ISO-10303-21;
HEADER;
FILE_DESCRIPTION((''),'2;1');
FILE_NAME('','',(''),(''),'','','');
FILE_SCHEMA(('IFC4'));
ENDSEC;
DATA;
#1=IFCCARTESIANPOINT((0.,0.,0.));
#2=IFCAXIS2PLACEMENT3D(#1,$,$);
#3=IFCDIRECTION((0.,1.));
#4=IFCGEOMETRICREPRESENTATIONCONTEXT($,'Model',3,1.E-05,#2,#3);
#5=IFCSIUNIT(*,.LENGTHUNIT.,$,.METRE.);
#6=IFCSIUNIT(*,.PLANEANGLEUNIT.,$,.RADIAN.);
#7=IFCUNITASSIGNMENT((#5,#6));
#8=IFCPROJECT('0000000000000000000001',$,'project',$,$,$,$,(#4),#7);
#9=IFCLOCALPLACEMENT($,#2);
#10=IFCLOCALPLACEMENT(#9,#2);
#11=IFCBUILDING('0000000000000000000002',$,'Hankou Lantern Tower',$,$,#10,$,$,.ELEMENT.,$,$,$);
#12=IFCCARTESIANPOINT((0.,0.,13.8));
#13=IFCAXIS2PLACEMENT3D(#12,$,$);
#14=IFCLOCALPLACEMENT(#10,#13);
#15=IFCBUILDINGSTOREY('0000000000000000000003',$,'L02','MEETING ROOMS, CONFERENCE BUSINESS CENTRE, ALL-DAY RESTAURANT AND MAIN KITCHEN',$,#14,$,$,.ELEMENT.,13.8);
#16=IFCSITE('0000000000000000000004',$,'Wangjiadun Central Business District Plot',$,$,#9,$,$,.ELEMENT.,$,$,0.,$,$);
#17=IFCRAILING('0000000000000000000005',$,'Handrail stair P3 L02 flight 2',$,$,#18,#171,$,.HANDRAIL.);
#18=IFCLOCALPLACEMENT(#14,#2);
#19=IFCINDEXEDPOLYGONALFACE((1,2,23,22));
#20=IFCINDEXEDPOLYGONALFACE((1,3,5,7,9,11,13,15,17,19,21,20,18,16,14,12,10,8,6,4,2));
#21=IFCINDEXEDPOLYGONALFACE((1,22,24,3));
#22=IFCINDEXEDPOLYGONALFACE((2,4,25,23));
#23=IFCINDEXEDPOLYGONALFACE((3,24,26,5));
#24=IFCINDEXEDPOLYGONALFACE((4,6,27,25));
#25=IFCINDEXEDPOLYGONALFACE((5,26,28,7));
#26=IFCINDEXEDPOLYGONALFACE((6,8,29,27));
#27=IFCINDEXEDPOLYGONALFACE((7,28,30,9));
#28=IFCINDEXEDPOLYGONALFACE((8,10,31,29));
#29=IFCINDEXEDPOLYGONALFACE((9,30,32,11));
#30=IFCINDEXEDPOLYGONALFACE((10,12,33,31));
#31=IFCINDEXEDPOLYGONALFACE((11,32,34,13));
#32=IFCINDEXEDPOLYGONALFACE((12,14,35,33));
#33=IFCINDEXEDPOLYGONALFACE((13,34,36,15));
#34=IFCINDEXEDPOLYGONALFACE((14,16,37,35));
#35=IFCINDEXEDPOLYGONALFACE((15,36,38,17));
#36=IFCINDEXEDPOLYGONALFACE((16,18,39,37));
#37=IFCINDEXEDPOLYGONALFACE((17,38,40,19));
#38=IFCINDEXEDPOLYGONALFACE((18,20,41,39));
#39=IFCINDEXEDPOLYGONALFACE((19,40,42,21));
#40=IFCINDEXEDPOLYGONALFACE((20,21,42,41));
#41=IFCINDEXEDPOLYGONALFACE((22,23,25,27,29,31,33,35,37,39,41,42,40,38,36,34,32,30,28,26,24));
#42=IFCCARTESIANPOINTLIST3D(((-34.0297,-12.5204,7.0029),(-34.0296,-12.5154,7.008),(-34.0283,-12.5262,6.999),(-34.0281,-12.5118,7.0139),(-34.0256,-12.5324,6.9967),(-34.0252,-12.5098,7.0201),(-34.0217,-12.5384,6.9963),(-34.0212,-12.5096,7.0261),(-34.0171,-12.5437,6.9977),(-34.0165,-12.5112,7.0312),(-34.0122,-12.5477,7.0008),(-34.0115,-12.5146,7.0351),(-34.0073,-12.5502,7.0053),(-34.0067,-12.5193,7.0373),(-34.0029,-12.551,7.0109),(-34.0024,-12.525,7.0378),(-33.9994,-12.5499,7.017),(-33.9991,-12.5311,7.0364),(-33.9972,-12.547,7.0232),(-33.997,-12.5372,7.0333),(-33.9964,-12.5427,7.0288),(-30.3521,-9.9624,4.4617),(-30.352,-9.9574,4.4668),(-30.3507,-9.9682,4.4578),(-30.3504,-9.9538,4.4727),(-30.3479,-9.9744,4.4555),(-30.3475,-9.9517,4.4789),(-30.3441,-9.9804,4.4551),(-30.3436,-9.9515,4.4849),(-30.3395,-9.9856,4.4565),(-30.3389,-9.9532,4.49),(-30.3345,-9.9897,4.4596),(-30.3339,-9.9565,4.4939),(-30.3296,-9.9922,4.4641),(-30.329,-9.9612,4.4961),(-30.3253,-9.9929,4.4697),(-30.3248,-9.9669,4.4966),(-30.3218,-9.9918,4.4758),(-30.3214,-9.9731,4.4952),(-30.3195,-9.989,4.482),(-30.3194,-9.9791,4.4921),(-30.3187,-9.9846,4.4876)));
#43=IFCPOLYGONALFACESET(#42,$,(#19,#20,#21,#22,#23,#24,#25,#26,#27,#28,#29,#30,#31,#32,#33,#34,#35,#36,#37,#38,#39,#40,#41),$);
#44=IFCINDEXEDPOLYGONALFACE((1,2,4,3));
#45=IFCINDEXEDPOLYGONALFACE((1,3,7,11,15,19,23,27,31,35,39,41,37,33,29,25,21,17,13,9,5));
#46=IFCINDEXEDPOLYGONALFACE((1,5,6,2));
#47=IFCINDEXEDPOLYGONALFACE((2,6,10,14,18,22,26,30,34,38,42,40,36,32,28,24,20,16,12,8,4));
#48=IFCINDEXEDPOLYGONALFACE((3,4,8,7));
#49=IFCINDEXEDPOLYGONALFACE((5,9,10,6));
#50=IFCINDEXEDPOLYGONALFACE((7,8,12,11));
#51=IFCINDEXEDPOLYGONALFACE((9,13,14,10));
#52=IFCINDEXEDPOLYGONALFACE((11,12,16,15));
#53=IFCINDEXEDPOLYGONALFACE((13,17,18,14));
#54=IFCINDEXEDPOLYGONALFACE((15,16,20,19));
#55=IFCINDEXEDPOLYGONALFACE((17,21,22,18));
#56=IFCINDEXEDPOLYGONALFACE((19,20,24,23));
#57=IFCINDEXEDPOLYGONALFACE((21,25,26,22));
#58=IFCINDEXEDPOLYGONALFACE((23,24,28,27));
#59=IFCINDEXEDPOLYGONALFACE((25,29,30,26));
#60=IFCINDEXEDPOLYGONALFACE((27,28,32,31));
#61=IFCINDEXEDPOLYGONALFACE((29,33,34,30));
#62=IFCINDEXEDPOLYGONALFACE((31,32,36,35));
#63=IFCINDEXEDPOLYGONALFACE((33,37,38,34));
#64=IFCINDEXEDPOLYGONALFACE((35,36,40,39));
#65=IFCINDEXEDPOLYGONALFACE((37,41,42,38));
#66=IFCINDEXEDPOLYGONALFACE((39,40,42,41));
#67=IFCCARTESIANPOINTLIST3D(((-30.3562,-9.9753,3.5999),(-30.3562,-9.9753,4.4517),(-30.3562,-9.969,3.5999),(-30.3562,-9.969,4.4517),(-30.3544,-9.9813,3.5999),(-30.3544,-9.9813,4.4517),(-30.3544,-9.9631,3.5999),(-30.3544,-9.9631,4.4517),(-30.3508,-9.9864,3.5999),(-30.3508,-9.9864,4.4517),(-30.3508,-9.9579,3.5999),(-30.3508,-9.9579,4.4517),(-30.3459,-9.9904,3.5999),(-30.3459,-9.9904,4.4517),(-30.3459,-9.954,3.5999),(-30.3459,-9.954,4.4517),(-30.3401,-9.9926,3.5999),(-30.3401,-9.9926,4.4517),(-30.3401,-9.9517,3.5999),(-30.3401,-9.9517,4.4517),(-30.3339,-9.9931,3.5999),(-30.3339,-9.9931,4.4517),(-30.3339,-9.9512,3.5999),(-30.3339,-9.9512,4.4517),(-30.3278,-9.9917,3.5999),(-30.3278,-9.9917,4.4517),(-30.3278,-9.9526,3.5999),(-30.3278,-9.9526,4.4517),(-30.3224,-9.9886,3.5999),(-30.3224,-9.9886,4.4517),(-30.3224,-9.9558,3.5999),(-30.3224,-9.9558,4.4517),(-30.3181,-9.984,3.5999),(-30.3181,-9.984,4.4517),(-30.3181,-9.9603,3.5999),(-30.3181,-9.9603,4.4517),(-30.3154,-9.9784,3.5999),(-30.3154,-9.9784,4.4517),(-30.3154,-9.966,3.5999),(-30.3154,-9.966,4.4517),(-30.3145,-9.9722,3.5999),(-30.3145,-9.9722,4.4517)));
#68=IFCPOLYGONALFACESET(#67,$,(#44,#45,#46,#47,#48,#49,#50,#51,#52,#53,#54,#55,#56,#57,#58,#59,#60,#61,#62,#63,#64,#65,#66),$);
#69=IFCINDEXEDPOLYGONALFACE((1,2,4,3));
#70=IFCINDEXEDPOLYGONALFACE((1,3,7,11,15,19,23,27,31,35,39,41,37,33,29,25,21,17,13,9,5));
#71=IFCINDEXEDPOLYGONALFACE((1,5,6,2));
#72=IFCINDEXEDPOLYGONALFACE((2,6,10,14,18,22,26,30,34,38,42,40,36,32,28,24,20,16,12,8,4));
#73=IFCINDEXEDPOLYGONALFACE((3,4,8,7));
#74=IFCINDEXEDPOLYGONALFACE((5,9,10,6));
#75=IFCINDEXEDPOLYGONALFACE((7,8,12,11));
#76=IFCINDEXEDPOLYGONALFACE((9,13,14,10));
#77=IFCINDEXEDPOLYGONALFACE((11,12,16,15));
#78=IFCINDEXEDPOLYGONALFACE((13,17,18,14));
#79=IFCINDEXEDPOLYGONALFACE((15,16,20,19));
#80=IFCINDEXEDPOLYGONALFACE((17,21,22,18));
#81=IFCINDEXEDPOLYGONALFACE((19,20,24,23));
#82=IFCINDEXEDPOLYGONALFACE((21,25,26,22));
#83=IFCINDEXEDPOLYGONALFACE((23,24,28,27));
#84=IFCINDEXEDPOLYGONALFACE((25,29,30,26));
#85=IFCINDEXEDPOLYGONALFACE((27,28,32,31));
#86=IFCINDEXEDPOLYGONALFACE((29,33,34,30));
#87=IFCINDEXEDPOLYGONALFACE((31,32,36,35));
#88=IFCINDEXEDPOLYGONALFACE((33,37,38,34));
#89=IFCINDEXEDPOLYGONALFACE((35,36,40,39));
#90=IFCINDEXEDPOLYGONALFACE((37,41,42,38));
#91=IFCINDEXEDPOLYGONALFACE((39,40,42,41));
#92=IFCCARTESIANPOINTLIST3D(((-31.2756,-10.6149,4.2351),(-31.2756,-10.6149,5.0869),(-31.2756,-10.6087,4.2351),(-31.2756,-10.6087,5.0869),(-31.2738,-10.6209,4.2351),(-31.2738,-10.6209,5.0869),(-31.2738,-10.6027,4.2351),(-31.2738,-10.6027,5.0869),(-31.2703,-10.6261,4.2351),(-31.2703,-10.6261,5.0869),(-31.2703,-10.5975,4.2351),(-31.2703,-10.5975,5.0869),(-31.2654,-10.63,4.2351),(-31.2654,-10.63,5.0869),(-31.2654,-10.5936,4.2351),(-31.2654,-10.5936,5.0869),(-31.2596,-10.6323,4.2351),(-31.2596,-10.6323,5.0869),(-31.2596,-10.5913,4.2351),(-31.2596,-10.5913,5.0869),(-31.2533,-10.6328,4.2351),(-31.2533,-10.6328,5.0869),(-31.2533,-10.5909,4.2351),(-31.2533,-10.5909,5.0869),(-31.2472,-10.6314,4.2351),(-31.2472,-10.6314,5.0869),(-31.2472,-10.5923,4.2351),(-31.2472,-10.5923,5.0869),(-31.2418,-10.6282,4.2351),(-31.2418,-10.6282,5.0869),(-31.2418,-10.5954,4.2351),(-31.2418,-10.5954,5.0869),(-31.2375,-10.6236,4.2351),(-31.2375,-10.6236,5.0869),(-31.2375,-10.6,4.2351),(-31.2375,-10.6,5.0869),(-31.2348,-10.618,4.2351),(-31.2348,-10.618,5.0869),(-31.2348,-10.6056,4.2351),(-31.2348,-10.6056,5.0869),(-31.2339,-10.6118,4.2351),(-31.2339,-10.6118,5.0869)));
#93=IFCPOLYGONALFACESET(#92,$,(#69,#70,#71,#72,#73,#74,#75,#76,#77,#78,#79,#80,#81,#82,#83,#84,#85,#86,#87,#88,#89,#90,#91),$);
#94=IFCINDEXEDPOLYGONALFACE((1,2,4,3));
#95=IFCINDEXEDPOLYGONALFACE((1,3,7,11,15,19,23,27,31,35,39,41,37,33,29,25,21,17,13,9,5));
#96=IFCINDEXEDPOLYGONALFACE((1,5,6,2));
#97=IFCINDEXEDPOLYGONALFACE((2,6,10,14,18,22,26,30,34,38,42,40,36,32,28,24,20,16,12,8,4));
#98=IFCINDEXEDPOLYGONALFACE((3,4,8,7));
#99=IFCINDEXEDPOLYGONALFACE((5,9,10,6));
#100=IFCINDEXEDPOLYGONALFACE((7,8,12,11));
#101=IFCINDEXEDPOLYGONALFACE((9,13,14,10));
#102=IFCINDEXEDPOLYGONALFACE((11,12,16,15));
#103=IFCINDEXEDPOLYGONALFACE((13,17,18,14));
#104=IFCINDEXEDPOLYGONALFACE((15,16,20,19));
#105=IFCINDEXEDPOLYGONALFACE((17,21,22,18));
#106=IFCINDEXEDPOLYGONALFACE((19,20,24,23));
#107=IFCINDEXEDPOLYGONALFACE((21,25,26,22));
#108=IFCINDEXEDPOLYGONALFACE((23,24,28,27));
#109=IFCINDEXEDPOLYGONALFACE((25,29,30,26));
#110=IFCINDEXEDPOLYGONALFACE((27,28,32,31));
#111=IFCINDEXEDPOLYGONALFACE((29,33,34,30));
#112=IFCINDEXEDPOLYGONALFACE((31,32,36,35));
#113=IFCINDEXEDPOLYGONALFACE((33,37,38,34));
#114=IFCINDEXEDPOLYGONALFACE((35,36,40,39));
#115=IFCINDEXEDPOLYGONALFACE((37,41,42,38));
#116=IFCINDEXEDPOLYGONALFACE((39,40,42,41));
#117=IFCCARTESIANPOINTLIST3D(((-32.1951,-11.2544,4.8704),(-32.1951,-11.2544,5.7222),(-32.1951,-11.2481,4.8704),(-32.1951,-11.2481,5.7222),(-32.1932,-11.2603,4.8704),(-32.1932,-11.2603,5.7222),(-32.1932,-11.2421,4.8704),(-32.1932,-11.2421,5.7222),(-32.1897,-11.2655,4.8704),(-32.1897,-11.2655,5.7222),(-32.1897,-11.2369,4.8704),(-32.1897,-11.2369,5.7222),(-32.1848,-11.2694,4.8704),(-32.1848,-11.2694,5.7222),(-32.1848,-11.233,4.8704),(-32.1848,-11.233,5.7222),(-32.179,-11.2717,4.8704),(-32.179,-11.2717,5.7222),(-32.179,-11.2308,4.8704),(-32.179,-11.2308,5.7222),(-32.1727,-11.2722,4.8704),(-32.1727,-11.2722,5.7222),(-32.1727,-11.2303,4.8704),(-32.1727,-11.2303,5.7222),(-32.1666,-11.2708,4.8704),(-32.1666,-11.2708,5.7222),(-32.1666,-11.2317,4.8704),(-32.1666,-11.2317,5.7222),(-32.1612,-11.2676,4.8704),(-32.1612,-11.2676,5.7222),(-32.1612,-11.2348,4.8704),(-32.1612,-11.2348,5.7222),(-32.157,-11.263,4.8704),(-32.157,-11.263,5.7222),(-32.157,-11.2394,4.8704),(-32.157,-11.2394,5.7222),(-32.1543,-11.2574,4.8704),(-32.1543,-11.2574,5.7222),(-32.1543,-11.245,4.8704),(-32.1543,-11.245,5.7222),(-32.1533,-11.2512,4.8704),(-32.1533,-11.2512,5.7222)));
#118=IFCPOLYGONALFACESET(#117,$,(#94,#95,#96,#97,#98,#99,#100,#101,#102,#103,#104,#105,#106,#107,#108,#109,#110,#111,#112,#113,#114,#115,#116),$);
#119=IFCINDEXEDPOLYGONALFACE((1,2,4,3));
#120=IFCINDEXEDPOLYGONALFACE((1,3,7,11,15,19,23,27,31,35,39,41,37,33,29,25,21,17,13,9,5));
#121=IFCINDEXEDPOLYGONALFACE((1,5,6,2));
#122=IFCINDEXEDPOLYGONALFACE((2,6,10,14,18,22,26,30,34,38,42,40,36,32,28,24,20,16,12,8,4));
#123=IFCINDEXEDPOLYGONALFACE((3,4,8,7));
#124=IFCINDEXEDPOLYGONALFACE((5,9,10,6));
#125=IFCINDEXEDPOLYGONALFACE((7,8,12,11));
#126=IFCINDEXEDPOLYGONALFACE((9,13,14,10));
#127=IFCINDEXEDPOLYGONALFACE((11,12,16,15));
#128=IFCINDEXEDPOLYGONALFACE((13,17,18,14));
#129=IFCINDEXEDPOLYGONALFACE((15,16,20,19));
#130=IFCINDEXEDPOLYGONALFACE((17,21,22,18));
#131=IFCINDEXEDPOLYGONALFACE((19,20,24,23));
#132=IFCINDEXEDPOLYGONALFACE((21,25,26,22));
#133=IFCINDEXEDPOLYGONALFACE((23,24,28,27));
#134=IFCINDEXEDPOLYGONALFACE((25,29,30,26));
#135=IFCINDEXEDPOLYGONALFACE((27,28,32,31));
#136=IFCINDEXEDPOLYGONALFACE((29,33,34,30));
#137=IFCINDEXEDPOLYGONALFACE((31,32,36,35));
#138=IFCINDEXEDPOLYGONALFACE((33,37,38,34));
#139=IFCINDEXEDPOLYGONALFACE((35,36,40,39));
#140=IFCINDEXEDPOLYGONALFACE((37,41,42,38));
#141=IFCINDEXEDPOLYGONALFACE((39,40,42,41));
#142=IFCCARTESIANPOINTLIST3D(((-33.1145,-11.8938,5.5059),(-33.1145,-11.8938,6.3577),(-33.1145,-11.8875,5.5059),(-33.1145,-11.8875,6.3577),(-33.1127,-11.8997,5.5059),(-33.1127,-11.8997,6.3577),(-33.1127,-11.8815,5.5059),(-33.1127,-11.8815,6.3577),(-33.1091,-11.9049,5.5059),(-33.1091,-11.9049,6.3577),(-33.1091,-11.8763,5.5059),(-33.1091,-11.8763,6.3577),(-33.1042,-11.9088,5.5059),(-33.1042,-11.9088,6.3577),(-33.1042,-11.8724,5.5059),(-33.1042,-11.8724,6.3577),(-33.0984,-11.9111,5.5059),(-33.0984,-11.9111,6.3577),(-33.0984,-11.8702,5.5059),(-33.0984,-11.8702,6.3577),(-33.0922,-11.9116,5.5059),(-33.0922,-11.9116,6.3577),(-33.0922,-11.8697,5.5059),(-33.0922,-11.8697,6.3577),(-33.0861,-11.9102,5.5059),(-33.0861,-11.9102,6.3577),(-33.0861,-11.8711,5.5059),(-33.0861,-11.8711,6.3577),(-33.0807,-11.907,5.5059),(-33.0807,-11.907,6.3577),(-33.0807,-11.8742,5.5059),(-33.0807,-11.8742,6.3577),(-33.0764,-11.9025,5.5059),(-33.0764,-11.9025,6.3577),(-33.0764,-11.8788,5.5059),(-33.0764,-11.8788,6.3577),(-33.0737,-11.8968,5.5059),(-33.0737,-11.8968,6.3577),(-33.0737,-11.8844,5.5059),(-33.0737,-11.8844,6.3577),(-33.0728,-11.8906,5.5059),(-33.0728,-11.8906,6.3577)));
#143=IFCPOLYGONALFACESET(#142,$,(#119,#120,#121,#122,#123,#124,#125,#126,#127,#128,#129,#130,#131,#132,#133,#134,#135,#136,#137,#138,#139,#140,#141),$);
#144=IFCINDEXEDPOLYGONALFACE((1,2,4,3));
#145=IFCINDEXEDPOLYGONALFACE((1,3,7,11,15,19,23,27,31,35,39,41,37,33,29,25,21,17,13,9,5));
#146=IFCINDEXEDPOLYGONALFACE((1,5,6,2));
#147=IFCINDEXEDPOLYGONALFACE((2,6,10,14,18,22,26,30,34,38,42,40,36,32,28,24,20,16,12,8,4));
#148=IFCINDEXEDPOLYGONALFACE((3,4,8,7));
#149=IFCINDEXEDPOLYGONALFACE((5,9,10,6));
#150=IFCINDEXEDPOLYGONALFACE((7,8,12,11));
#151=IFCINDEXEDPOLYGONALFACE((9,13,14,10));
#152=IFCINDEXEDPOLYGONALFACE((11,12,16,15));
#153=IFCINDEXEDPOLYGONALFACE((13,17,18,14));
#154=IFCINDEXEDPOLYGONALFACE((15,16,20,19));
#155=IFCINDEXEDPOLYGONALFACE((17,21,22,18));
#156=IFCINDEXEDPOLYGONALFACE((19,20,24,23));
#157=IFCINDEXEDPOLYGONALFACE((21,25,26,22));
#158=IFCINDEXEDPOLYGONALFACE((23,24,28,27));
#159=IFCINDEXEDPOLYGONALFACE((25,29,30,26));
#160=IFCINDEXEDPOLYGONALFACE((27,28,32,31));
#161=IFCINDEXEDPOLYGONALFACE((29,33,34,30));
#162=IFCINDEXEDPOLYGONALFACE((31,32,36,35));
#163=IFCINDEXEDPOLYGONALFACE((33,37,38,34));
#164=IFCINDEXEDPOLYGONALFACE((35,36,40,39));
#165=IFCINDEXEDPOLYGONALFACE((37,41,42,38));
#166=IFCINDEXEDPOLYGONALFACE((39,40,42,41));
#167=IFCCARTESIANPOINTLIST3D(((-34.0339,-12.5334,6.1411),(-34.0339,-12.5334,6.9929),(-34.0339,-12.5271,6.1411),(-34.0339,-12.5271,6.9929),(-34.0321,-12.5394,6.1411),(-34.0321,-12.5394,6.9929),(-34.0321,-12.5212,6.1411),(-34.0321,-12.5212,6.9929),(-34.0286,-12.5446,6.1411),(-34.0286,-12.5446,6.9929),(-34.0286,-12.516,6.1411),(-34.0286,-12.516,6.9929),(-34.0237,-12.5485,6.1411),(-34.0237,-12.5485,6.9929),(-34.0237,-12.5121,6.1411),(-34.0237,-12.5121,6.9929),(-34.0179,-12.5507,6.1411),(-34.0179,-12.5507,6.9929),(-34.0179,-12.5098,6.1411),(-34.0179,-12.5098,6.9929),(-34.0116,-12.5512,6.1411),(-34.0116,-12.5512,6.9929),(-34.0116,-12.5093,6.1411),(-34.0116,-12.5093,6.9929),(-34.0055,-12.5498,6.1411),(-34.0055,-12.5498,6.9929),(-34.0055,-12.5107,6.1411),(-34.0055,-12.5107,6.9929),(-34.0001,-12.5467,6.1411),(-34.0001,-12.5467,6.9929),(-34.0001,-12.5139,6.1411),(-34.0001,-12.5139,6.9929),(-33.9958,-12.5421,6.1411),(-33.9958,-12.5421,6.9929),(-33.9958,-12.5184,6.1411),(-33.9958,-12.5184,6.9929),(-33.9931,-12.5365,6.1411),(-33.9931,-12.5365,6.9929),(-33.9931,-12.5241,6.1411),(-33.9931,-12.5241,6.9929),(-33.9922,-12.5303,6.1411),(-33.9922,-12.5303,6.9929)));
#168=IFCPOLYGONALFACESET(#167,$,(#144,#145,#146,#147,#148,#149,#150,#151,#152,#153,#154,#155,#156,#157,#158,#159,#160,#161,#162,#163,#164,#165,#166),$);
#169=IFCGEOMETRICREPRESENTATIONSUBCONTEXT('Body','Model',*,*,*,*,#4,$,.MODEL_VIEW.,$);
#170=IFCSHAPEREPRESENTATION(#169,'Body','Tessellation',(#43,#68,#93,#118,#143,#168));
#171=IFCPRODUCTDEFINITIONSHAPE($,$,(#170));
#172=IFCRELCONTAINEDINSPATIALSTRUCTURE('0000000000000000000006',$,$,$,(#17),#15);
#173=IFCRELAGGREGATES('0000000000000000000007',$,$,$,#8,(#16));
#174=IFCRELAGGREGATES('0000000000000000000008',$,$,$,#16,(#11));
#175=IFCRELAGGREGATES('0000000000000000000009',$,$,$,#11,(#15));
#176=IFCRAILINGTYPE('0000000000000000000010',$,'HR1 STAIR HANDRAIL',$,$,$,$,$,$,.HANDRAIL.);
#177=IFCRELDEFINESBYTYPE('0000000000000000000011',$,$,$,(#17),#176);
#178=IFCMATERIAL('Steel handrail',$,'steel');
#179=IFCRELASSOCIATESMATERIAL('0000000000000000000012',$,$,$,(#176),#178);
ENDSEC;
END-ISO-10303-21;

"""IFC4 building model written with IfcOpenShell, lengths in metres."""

from ifc_helpers import new_model, si_unit, direction, frame, origin, origin_2d, place, context, subcontext, project, spatial, circle, extrude, material, type_object, element, save


model = new_model("IFC4")

# Units and contexts
model_context = context("Model", 3, precision=1e-05, world=origin(), true_north=direction((0.0, 1.0)))
body_context = subcontext(model_context, "Body", "Model", "MODEL_VIEW")
ifc_project = project(units=[si_unit("LENGTHUNIT", "METRE"), si_unit("PLANEANGLEUNIT", "RADIAN")], contexts=[model_context])

# Site, building, storey
site_placement = place(None, origin())
site = spatial("IfcSite", under=ifc_project, at=site_placement, Name="Wangjiadun Central Business District Plot", CompositionType="ELEMENT", RefElevation=0.0)
building_placement = place(site_placement, origin())
building = spatial("IfcBuilding", under=site, at=building_placement, Name="Hankou Lantern Tower", CompositionType="ELEMENT")
storey_placement = place(building_placement, frame((0.0, 0.0, 13.8)))
storey = spatial("IfcBuildingStorey", under=building, at=storey_placement, Name="L02", Description="MEETING ROOMS, CONFERENCE BUSINESS CENTRE, ALL-DAY RESTAURANT AND MAIN KITCHEN", CompositionType="ELEMENT", Elevation=13.8)

# Railing
ifc_material_1 = material(Name="Steel handrail", Category="steel")
railing_type = type_object("IfcRailingType", Name="HR1 STAIR HANDRAIL", PredefinedType="HANDRAIL", material=ifc_material_1)
railing_1_placement = place(storey_placement, frame((-30.3354, -9.9722, 3.5999)))
element("IfcRailing", 1, at=railing_1_placement, inside=storey, type_object=railing_type, Name="Handrail stair P3 L02 flight 2", PredefinedType="HANDRAIL", context=body_context, shape_type="SweptSolid", body=[
    extrude(circle(Radius=0.0239, at=origin_2d()), frame((0.0, 0.0, 0.876), z_axis=(-0.714054, -0.496671, 0.493401), x_axis=(0.571017, -0.820939, 0.0)), (0.0, 0.0, 1.0), 5.1504),
    extrude(circle(Radius=0.021, at=origin_2d()), origin(), (0.0, 0.0, 1.0), 0.8518),
    extrude(circle(Radius=0.021, at=origin_2d()), frame((-0.9194, -0.6396, 0.6353)), (0.0, 0.0, 1.0), 0.8518),
    extrude(circle(Radius=0.021, at=origin_2d()), frame((-1.8389, -1.2791, 1.2705)), (0.0, 0.0, 1.0), 0.8518),
    extrude(circle(Radius=0.021, at=origin_2d()), frame((-2.7583, -1.9185, 1.906)), (0.0, 0.0, 1.0), 0.8518),
    extrude(circle(Radius=0.021, at=origin_2d()), frame((-3.6777, -2.5581, 2.5413)), (0.0, 0.0, 1.0), 0.8518),
])

save(model, "model.ifc")
